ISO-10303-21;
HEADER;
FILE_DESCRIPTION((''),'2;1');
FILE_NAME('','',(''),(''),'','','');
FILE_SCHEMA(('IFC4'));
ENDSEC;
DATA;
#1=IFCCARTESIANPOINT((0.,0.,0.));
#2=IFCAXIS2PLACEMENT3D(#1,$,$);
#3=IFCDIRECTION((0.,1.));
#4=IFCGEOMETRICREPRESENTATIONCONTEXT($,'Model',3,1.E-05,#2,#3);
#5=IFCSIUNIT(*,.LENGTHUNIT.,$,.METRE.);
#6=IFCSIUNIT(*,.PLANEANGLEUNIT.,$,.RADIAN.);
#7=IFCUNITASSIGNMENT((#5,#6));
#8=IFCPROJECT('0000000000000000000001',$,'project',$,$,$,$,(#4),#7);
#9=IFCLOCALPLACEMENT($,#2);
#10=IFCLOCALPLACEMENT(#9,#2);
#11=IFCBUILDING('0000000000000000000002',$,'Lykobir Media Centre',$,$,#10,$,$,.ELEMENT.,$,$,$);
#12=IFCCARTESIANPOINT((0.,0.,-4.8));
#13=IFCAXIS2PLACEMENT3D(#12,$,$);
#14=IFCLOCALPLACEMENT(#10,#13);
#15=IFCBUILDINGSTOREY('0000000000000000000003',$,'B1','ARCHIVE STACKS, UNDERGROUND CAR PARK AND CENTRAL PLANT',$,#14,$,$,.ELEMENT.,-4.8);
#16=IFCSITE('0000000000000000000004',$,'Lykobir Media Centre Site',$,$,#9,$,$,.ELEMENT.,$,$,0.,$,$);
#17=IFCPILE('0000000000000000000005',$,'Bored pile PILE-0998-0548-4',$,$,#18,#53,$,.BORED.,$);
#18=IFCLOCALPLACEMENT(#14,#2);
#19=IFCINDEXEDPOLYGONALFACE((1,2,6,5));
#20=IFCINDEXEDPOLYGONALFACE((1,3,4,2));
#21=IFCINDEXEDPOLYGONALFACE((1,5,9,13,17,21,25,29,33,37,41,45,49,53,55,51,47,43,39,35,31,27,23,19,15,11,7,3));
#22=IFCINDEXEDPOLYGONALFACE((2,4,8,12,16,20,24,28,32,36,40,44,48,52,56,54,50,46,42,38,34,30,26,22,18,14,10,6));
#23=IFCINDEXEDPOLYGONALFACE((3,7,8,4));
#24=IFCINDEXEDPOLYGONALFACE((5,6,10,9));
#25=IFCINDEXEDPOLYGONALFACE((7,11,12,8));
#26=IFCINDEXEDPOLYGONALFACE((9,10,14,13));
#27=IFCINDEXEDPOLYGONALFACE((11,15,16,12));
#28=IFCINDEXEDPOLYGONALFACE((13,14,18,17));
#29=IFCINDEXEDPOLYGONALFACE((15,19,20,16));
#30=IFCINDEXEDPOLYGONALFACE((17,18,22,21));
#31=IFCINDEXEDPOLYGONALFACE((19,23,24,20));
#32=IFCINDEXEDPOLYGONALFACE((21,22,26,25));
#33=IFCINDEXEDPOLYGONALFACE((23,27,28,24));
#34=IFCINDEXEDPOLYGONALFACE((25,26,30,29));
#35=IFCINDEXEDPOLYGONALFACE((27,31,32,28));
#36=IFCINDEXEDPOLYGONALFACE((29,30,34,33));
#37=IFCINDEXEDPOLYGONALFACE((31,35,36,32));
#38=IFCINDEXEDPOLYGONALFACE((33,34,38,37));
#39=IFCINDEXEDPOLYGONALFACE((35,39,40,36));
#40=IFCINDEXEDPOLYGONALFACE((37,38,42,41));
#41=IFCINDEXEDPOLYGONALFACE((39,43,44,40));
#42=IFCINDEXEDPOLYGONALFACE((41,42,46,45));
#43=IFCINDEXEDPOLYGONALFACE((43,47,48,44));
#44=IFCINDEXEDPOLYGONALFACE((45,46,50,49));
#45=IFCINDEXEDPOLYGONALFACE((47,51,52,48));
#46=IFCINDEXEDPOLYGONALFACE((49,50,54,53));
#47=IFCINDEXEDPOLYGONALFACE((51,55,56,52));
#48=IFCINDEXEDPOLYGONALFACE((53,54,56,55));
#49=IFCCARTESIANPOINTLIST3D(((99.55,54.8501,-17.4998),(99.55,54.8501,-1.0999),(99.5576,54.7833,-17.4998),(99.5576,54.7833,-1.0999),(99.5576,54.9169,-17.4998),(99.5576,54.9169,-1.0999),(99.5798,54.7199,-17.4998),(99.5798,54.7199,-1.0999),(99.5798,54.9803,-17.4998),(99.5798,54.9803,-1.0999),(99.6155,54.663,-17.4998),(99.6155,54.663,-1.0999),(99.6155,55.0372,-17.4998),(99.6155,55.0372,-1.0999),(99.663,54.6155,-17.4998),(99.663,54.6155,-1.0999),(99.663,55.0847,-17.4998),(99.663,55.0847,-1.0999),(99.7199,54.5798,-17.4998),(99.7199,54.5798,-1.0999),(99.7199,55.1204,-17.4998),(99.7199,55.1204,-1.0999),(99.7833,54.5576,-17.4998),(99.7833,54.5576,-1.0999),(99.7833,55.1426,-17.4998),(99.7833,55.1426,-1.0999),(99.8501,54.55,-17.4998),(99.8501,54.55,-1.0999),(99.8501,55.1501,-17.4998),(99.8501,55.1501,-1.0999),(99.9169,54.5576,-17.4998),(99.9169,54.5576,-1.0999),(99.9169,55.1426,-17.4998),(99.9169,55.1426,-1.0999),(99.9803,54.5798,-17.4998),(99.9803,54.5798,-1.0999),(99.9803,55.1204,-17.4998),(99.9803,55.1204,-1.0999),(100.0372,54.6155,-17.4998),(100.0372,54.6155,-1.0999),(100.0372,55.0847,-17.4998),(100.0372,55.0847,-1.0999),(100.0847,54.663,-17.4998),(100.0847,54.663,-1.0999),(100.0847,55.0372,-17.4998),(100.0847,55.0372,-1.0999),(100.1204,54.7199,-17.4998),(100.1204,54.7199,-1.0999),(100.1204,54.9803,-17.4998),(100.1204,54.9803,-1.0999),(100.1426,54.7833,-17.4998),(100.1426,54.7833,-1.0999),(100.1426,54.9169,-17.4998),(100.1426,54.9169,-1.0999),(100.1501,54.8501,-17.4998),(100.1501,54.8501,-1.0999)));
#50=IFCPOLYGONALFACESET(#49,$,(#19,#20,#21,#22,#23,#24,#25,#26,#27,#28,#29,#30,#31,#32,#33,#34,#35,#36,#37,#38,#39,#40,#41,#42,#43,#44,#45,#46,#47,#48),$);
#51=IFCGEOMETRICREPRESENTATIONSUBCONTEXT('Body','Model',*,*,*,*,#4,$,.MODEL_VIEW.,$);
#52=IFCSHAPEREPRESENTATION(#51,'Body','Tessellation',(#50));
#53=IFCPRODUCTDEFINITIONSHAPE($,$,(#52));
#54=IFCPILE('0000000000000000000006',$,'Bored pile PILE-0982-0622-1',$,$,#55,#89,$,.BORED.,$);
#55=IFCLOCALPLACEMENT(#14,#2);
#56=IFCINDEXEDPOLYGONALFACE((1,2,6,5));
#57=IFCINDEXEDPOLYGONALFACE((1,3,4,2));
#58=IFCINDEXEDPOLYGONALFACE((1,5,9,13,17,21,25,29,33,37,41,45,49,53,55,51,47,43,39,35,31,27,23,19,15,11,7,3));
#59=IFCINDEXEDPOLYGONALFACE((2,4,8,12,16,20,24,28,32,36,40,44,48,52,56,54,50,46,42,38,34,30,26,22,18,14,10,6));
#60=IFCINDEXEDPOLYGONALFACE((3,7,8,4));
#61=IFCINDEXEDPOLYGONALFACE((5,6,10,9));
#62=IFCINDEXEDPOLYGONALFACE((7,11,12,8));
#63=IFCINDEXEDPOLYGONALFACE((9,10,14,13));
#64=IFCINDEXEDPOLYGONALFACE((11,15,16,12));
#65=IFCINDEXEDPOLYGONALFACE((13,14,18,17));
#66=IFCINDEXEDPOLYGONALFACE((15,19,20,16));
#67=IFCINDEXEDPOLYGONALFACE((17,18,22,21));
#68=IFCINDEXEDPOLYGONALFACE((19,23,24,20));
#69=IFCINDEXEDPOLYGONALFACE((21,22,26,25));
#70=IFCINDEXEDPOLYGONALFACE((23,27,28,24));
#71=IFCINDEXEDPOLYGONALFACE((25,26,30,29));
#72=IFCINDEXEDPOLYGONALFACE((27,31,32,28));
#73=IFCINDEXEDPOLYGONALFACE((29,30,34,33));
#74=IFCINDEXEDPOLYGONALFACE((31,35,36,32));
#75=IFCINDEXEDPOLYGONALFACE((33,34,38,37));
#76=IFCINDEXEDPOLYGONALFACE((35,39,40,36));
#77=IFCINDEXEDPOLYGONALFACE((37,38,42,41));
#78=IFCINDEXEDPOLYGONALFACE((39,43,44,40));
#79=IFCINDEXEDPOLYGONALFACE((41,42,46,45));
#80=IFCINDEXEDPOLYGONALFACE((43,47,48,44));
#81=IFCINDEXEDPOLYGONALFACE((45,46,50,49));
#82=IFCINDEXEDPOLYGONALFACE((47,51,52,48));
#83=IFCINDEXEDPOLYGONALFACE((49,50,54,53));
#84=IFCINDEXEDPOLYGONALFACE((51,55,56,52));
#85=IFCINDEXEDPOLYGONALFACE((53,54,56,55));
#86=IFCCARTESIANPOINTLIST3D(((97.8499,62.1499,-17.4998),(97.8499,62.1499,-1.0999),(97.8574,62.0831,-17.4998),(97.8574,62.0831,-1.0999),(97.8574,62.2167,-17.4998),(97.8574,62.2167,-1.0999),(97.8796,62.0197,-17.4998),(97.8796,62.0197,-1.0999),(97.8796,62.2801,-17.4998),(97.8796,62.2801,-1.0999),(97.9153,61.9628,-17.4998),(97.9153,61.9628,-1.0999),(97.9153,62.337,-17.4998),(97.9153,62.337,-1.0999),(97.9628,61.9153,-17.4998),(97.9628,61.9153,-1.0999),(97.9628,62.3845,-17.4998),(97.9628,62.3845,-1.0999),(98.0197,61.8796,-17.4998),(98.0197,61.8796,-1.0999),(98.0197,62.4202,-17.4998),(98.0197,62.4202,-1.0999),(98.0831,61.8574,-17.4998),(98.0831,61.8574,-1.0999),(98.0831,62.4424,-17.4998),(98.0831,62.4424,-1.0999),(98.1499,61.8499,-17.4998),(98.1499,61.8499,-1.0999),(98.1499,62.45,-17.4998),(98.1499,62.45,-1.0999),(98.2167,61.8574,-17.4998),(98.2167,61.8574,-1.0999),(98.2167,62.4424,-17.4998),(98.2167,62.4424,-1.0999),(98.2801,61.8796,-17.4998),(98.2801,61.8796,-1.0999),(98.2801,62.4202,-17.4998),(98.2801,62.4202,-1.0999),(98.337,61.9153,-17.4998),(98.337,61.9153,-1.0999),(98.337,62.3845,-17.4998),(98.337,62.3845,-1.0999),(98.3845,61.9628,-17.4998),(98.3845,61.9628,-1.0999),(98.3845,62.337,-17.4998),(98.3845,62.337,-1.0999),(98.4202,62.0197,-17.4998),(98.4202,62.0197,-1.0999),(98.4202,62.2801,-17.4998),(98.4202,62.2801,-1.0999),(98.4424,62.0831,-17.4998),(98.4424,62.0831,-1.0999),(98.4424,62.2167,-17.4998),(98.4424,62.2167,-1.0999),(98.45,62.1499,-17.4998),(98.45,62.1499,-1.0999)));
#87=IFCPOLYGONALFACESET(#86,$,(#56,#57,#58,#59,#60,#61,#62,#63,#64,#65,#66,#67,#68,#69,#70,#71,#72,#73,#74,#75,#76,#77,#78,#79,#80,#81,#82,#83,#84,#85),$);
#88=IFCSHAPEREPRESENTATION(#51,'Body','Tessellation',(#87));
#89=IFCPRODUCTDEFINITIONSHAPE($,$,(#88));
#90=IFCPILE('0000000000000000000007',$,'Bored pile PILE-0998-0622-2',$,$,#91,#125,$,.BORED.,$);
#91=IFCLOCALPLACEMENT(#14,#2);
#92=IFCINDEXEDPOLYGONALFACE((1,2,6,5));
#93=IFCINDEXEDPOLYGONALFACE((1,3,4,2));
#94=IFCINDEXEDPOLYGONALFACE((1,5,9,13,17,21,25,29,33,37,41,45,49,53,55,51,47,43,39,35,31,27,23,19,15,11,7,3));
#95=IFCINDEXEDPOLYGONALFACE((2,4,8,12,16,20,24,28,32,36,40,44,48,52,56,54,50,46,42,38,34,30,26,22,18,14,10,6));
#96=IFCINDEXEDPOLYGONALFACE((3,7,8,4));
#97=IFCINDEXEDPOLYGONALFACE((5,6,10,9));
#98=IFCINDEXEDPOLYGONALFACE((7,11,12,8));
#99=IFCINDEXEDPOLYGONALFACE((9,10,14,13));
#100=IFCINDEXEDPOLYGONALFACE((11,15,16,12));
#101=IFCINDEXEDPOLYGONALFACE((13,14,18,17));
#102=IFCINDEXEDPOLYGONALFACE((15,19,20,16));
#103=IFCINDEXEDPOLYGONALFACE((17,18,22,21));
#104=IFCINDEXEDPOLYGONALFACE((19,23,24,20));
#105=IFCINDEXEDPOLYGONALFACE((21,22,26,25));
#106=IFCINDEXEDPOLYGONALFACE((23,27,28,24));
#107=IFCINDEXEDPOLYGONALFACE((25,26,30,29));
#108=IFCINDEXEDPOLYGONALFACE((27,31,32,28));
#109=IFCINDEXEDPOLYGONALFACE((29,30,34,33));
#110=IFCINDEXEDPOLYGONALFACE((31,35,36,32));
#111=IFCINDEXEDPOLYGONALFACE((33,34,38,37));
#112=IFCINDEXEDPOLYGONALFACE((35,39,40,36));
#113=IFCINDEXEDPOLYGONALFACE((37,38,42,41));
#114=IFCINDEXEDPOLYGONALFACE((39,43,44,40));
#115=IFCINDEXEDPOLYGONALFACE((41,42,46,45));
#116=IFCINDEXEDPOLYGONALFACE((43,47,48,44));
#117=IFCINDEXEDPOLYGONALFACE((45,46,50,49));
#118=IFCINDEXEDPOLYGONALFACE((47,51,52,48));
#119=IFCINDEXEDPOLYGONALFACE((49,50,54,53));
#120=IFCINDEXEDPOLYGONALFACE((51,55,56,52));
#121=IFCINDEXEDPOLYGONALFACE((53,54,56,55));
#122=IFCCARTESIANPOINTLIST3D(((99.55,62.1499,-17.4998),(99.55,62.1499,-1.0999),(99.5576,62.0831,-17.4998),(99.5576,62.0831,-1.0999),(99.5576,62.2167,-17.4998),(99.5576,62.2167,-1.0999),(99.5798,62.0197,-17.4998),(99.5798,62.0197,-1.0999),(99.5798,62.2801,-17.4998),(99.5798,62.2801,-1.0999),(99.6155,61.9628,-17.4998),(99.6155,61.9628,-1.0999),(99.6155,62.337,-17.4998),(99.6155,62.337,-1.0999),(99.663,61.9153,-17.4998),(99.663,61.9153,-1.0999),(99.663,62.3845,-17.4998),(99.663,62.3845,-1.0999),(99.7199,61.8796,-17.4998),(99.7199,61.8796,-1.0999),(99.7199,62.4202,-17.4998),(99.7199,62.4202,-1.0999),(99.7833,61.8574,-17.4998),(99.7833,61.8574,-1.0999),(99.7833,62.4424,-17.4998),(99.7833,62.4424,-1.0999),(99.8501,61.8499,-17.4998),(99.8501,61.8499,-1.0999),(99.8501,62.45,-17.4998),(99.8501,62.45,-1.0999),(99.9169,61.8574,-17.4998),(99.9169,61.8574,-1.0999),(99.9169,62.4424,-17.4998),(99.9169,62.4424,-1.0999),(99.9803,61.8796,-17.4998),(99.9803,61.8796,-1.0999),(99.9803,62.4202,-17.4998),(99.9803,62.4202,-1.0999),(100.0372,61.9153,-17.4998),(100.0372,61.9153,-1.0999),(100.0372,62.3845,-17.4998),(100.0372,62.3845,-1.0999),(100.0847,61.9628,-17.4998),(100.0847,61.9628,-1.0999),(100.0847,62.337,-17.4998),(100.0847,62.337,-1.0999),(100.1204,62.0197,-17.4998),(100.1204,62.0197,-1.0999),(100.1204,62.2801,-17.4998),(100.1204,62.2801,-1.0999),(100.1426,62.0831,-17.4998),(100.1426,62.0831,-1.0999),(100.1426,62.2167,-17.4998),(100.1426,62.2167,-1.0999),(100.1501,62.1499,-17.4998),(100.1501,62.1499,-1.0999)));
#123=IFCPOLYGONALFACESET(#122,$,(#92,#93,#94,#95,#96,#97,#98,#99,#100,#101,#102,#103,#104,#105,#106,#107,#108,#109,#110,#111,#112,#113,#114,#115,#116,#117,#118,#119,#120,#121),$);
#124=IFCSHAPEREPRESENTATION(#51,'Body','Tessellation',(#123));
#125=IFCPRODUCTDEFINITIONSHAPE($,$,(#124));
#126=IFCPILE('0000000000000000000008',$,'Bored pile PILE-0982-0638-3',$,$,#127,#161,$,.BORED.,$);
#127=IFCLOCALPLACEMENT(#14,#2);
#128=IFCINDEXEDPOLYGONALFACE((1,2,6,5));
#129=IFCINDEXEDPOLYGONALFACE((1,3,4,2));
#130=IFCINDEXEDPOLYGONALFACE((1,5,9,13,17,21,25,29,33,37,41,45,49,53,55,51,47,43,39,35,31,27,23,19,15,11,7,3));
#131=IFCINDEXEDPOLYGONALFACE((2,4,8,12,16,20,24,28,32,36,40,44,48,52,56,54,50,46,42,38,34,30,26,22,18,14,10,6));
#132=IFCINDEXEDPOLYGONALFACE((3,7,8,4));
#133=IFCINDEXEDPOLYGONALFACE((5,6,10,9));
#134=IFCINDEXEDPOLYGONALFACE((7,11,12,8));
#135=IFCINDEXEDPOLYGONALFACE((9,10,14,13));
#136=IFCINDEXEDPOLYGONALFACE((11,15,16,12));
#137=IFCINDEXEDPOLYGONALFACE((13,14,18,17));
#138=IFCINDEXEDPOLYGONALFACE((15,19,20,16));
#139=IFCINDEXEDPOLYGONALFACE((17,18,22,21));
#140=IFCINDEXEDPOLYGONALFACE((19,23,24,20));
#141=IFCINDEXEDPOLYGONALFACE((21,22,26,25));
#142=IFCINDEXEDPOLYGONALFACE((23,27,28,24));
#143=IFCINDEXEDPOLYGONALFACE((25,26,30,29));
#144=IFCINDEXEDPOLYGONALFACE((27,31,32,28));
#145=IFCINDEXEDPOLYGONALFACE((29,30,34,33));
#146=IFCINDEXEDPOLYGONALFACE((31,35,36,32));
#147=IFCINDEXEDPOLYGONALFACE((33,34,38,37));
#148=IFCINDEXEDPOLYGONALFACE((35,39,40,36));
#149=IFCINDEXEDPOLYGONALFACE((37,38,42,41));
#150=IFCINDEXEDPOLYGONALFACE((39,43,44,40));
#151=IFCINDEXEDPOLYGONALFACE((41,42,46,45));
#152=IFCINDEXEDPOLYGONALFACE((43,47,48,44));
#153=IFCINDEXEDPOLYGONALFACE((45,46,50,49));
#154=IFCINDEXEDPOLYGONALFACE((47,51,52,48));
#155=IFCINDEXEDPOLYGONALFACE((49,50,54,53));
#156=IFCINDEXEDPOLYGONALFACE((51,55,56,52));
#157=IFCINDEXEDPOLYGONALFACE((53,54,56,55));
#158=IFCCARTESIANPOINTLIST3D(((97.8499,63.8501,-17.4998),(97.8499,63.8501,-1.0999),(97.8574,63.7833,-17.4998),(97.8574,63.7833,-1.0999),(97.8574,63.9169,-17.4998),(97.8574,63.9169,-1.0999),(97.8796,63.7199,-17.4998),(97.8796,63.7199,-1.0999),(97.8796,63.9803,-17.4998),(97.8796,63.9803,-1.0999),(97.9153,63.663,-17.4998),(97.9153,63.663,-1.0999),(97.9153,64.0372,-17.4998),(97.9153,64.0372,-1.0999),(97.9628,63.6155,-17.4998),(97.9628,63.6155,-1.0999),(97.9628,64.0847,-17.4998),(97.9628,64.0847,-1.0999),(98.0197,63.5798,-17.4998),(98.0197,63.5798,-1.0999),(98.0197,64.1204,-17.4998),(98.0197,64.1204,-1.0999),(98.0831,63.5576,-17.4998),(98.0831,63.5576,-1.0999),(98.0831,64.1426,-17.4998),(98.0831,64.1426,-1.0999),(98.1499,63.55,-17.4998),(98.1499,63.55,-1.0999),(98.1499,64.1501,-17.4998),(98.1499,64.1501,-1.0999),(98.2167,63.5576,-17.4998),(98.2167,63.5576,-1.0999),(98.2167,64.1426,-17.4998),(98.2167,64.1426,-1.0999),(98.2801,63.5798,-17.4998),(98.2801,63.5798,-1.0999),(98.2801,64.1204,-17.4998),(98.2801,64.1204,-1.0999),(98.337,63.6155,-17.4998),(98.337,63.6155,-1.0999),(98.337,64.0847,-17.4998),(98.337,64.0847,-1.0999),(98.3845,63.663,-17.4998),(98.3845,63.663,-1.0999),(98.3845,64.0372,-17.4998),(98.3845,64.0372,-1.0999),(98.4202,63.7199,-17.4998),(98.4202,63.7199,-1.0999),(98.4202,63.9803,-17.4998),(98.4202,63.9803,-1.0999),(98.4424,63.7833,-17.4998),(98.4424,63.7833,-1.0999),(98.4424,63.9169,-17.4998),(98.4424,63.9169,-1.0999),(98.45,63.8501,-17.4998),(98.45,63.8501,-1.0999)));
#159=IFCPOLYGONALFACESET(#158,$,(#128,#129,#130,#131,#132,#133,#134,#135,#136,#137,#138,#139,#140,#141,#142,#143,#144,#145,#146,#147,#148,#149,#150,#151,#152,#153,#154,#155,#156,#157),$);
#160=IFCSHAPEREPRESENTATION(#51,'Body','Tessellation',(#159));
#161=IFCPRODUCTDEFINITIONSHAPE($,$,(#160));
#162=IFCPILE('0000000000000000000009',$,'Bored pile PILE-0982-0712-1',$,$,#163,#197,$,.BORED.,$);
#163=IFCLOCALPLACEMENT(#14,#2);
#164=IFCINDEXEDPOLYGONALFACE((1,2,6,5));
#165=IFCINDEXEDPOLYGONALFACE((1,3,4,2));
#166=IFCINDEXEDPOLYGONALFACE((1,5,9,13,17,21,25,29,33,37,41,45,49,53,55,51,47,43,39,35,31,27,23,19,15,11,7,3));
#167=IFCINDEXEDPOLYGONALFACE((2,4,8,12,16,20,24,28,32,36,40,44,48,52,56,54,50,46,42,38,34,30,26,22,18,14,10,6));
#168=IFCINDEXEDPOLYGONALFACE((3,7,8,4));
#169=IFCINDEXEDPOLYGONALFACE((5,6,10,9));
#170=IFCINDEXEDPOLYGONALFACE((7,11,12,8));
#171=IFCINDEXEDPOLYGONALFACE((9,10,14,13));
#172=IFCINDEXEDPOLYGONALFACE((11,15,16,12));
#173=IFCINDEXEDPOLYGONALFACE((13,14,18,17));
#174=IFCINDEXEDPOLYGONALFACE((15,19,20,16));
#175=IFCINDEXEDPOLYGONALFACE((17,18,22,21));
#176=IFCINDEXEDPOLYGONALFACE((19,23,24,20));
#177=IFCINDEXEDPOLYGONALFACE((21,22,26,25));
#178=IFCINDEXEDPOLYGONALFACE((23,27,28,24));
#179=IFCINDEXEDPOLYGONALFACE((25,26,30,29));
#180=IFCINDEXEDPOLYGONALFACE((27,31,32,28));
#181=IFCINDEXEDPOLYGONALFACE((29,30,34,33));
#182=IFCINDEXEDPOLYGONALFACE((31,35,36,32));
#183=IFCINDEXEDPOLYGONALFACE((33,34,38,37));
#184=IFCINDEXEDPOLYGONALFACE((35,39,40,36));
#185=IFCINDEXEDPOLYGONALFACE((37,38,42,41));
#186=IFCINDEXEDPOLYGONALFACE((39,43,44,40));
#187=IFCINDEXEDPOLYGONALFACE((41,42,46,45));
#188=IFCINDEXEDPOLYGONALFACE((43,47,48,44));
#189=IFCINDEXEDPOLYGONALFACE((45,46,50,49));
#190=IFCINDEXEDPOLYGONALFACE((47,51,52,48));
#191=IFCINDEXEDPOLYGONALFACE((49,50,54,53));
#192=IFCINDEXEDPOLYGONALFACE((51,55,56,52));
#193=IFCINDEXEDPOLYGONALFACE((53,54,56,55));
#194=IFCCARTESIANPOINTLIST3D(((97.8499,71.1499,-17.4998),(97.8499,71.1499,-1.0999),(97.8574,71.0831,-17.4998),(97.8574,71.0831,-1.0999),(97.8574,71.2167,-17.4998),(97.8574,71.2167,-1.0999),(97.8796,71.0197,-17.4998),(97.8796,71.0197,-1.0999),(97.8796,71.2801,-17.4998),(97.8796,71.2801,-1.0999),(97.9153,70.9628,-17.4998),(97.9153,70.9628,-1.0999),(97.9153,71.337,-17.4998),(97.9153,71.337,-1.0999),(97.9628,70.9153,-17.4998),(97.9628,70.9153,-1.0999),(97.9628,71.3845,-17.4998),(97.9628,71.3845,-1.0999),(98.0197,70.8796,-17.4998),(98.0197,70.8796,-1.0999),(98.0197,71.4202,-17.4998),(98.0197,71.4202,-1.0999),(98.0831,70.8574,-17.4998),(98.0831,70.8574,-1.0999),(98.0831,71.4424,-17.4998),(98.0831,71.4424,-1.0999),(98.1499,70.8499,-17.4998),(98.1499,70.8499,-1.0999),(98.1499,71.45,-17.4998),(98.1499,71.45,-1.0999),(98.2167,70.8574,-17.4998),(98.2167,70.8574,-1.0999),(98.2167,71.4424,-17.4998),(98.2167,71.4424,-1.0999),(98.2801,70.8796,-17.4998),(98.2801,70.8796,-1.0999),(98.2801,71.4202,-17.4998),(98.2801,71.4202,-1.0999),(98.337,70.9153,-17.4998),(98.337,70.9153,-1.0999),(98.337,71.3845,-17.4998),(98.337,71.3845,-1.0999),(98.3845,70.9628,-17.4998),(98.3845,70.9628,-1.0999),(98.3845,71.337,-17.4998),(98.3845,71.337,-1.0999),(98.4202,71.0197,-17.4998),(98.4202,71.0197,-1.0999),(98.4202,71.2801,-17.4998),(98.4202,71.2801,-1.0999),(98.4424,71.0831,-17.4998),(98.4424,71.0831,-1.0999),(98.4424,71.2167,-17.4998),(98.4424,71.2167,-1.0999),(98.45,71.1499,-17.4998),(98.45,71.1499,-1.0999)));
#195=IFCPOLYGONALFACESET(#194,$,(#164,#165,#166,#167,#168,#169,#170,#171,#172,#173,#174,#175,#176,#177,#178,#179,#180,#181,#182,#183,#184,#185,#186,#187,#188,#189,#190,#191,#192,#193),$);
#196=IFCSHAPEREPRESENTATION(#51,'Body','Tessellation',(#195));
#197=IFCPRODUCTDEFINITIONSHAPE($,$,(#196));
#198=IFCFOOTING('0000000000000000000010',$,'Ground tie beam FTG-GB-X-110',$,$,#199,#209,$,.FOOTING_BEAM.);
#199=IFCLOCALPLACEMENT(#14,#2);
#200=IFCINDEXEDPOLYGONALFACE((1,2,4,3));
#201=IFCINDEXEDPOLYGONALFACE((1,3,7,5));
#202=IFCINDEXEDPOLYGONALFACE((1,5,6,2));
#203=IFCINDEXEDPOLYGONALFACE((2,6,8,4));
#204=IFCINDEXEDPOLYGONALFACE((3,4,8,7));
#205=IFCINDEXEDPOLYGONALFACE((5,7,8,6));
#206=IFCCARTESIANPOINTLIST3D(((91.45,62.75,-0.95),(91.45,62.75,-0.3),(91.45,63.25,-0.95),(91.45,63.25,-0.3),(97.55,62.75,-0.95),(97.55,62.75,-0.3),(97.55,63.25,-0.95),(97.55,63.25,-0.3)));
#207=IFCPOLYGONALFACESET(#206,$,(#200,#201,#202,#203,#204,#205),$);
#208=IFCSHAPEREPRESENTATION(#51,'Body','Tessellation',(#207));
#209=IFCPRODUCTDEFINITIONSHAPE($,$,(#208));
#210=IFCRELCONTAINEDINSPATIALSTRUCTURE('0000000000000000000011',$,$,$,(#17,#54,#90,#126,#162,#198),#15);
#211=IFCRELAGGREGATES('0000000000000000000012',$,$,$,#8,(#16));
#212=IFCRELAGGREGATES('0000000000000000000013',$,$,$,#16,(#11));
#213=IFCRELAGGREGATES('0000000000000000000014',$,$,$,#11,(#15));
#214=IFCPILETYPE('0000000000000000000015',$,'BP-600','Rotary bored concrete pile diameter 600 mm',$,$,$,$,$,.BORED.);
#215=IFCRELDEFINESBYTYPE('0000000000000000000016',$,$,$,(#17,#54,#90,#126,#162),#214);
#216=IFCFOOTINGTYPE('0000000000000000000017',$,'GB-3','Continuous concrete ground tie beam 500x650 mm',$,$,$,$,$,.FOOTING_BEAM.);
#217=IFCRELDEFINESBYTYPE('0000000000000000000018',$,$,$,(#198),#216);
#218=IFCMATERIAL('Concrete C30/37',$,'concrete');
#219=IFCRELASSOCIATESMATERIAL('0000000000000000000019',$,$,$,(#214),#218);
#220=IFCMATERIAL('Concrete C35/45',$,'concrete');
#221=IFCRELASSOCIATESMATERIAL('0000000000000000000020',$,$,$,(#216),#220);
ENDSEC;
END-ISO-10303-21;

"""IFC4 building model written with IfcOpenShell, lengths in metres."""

from ifc_helpers import new_model, si_unit, direction, frame, origin, origin_2d, place, context, subcontext, project, spatial, rectangle, circle, extrude, material, material_profile, profile_set, type_object, element, save


model = new_model("IFC4")

# Units and contexts
model_context = context("Model", 3, precision=1e-05, world=origin(), true_north=direction((0.0, 1.0)))
body_context = subcontext(model_context, "Body", "Model", "MODEL_VIEW")
ifc_project = project(units=[si_unit("LENGTHUNIT", "METRE"), si_unit("PLANEANGLEUNIT", "RADIAN")], contexts=[model_context])

# Site, building, storey
site_placement = place(None, origin())
site = spatial("IfcSite", under=ifc_project, at=site_placement, Name="Lykobir Media Centre Site", CompositionType="ELEMENT", RefElevation=0.0)
building_placement = place(site_placement, origin())
building = spatial("IfcBuilding", under=site, at=building_placement, Name="Lykobir Media Centre", CompositionType="ELEMENT")
storey_placement = place(building_placement, frame((0.0, 0.0, -4.8)))
storey = spatial("IfcBuildingStorey", under=building, at=storey_placement, Name="B1", Description="ARCHIVE STACKS, UNDERGROUND CAR PARK AND CENTRAL PLANT", CompositionType="ELEMENT", Elevation=-4.8)

# Piles
ifc_material_1 = material(Name="Concrete C30/37", Category="concrete")
ifc_material_profile_1 = material_profile(ifc_material_1, circle(Radius=0.3, at=origin_2d()), Name="BORED PILE D600")
ifc_profile_set_1 = profile_set([ifc_material_profile_1], Name="Concrete C30/37")
pile_type = type_object("IfcPileType", Name="BP-600", Description="Rotary bored concrete pile diameter 600 mm", PredefinedType="BORED", material=ifc_profile_set_1)
for number, where, z_axis, x_axis, name in (
    (1, (99.8501, 54.8501, -1.0999), (0.0, 0.0, -1.0), (1.0, 0.0, 0.0), "Bored pile PILE-0998-0548-4"),
    (2, (98.1499, 62.1499, -1.0999), (0.0, 0.0, -1.0), (1.0, 0.0, 0.0), "Bored pile PILE-0982-0622-1"),
    (3, (99.8501, 62.1499, -1.0999), (0.0, 0.0, -1.0), (1.0, 0.0, 0.0), "Bored pile PILE-0998-0622-2"),
    (4, (98.1499, 63.8501, -1.0999), (0.0, 0.0, -1.0), (1.0, 0.0, 0.0), "Bored pile PILE-0982-0638-3"),
    (5, (98.1499, 71.1499, -1.0999), (0.0, 0.0, -1.0), (1.0, 0.0, 0.0), "Bored pile PILE-0982-0712-1"),
):
    element("IfcPile", number, at=place(storey_placement, frame(where, z_axis=z_axis, x_axis=x_axis)), inside=storey, type_object=pile_type, Name=name, PredefinedType="BORED", context=body_context, shape_type="SweptSolid", body=[
        extrude(circle(Radius=0.3, at=origin_2d()), origin(), (0.0, 0.0, 1.0), 16.3999),
    ])

# Footing
ifc_material_2 = material(Name="Concrete C35/45", Category="concrete")
footing_type_1 = type_object("IfcFootingType", Name="GB-3", Description="Continuous concrete ground tie beam 500x650 mm", PredefinedType="FOOTING_BEAM", material=ifc_material_2)
for number, where, z_axis, x_axis, name in (
    (6, (94.5, 63.0, -0.95), (0.0, 0.0, 1.0), (1.0, 0.0, 0.0), "Ground tie beam FTG-GB-X-110"),
):
    element("IfcFooting", number, at=place(storey_placement, frame(where, z_axis=z_axis, x_axis=x_axis)), inside=storey, type_object=footing_type_1, Name=name, PredefinedType="FOOTING_BEAM", context=body_context, shape_type="SweptSolid", body=[
        extrude(rectangle(XDim=6.1001, YDim=0.5, at=origin_2d()), origin(), (0.0, 0.0, 1.0), 0.6499),
    ])

save(model, "model.ifc")
